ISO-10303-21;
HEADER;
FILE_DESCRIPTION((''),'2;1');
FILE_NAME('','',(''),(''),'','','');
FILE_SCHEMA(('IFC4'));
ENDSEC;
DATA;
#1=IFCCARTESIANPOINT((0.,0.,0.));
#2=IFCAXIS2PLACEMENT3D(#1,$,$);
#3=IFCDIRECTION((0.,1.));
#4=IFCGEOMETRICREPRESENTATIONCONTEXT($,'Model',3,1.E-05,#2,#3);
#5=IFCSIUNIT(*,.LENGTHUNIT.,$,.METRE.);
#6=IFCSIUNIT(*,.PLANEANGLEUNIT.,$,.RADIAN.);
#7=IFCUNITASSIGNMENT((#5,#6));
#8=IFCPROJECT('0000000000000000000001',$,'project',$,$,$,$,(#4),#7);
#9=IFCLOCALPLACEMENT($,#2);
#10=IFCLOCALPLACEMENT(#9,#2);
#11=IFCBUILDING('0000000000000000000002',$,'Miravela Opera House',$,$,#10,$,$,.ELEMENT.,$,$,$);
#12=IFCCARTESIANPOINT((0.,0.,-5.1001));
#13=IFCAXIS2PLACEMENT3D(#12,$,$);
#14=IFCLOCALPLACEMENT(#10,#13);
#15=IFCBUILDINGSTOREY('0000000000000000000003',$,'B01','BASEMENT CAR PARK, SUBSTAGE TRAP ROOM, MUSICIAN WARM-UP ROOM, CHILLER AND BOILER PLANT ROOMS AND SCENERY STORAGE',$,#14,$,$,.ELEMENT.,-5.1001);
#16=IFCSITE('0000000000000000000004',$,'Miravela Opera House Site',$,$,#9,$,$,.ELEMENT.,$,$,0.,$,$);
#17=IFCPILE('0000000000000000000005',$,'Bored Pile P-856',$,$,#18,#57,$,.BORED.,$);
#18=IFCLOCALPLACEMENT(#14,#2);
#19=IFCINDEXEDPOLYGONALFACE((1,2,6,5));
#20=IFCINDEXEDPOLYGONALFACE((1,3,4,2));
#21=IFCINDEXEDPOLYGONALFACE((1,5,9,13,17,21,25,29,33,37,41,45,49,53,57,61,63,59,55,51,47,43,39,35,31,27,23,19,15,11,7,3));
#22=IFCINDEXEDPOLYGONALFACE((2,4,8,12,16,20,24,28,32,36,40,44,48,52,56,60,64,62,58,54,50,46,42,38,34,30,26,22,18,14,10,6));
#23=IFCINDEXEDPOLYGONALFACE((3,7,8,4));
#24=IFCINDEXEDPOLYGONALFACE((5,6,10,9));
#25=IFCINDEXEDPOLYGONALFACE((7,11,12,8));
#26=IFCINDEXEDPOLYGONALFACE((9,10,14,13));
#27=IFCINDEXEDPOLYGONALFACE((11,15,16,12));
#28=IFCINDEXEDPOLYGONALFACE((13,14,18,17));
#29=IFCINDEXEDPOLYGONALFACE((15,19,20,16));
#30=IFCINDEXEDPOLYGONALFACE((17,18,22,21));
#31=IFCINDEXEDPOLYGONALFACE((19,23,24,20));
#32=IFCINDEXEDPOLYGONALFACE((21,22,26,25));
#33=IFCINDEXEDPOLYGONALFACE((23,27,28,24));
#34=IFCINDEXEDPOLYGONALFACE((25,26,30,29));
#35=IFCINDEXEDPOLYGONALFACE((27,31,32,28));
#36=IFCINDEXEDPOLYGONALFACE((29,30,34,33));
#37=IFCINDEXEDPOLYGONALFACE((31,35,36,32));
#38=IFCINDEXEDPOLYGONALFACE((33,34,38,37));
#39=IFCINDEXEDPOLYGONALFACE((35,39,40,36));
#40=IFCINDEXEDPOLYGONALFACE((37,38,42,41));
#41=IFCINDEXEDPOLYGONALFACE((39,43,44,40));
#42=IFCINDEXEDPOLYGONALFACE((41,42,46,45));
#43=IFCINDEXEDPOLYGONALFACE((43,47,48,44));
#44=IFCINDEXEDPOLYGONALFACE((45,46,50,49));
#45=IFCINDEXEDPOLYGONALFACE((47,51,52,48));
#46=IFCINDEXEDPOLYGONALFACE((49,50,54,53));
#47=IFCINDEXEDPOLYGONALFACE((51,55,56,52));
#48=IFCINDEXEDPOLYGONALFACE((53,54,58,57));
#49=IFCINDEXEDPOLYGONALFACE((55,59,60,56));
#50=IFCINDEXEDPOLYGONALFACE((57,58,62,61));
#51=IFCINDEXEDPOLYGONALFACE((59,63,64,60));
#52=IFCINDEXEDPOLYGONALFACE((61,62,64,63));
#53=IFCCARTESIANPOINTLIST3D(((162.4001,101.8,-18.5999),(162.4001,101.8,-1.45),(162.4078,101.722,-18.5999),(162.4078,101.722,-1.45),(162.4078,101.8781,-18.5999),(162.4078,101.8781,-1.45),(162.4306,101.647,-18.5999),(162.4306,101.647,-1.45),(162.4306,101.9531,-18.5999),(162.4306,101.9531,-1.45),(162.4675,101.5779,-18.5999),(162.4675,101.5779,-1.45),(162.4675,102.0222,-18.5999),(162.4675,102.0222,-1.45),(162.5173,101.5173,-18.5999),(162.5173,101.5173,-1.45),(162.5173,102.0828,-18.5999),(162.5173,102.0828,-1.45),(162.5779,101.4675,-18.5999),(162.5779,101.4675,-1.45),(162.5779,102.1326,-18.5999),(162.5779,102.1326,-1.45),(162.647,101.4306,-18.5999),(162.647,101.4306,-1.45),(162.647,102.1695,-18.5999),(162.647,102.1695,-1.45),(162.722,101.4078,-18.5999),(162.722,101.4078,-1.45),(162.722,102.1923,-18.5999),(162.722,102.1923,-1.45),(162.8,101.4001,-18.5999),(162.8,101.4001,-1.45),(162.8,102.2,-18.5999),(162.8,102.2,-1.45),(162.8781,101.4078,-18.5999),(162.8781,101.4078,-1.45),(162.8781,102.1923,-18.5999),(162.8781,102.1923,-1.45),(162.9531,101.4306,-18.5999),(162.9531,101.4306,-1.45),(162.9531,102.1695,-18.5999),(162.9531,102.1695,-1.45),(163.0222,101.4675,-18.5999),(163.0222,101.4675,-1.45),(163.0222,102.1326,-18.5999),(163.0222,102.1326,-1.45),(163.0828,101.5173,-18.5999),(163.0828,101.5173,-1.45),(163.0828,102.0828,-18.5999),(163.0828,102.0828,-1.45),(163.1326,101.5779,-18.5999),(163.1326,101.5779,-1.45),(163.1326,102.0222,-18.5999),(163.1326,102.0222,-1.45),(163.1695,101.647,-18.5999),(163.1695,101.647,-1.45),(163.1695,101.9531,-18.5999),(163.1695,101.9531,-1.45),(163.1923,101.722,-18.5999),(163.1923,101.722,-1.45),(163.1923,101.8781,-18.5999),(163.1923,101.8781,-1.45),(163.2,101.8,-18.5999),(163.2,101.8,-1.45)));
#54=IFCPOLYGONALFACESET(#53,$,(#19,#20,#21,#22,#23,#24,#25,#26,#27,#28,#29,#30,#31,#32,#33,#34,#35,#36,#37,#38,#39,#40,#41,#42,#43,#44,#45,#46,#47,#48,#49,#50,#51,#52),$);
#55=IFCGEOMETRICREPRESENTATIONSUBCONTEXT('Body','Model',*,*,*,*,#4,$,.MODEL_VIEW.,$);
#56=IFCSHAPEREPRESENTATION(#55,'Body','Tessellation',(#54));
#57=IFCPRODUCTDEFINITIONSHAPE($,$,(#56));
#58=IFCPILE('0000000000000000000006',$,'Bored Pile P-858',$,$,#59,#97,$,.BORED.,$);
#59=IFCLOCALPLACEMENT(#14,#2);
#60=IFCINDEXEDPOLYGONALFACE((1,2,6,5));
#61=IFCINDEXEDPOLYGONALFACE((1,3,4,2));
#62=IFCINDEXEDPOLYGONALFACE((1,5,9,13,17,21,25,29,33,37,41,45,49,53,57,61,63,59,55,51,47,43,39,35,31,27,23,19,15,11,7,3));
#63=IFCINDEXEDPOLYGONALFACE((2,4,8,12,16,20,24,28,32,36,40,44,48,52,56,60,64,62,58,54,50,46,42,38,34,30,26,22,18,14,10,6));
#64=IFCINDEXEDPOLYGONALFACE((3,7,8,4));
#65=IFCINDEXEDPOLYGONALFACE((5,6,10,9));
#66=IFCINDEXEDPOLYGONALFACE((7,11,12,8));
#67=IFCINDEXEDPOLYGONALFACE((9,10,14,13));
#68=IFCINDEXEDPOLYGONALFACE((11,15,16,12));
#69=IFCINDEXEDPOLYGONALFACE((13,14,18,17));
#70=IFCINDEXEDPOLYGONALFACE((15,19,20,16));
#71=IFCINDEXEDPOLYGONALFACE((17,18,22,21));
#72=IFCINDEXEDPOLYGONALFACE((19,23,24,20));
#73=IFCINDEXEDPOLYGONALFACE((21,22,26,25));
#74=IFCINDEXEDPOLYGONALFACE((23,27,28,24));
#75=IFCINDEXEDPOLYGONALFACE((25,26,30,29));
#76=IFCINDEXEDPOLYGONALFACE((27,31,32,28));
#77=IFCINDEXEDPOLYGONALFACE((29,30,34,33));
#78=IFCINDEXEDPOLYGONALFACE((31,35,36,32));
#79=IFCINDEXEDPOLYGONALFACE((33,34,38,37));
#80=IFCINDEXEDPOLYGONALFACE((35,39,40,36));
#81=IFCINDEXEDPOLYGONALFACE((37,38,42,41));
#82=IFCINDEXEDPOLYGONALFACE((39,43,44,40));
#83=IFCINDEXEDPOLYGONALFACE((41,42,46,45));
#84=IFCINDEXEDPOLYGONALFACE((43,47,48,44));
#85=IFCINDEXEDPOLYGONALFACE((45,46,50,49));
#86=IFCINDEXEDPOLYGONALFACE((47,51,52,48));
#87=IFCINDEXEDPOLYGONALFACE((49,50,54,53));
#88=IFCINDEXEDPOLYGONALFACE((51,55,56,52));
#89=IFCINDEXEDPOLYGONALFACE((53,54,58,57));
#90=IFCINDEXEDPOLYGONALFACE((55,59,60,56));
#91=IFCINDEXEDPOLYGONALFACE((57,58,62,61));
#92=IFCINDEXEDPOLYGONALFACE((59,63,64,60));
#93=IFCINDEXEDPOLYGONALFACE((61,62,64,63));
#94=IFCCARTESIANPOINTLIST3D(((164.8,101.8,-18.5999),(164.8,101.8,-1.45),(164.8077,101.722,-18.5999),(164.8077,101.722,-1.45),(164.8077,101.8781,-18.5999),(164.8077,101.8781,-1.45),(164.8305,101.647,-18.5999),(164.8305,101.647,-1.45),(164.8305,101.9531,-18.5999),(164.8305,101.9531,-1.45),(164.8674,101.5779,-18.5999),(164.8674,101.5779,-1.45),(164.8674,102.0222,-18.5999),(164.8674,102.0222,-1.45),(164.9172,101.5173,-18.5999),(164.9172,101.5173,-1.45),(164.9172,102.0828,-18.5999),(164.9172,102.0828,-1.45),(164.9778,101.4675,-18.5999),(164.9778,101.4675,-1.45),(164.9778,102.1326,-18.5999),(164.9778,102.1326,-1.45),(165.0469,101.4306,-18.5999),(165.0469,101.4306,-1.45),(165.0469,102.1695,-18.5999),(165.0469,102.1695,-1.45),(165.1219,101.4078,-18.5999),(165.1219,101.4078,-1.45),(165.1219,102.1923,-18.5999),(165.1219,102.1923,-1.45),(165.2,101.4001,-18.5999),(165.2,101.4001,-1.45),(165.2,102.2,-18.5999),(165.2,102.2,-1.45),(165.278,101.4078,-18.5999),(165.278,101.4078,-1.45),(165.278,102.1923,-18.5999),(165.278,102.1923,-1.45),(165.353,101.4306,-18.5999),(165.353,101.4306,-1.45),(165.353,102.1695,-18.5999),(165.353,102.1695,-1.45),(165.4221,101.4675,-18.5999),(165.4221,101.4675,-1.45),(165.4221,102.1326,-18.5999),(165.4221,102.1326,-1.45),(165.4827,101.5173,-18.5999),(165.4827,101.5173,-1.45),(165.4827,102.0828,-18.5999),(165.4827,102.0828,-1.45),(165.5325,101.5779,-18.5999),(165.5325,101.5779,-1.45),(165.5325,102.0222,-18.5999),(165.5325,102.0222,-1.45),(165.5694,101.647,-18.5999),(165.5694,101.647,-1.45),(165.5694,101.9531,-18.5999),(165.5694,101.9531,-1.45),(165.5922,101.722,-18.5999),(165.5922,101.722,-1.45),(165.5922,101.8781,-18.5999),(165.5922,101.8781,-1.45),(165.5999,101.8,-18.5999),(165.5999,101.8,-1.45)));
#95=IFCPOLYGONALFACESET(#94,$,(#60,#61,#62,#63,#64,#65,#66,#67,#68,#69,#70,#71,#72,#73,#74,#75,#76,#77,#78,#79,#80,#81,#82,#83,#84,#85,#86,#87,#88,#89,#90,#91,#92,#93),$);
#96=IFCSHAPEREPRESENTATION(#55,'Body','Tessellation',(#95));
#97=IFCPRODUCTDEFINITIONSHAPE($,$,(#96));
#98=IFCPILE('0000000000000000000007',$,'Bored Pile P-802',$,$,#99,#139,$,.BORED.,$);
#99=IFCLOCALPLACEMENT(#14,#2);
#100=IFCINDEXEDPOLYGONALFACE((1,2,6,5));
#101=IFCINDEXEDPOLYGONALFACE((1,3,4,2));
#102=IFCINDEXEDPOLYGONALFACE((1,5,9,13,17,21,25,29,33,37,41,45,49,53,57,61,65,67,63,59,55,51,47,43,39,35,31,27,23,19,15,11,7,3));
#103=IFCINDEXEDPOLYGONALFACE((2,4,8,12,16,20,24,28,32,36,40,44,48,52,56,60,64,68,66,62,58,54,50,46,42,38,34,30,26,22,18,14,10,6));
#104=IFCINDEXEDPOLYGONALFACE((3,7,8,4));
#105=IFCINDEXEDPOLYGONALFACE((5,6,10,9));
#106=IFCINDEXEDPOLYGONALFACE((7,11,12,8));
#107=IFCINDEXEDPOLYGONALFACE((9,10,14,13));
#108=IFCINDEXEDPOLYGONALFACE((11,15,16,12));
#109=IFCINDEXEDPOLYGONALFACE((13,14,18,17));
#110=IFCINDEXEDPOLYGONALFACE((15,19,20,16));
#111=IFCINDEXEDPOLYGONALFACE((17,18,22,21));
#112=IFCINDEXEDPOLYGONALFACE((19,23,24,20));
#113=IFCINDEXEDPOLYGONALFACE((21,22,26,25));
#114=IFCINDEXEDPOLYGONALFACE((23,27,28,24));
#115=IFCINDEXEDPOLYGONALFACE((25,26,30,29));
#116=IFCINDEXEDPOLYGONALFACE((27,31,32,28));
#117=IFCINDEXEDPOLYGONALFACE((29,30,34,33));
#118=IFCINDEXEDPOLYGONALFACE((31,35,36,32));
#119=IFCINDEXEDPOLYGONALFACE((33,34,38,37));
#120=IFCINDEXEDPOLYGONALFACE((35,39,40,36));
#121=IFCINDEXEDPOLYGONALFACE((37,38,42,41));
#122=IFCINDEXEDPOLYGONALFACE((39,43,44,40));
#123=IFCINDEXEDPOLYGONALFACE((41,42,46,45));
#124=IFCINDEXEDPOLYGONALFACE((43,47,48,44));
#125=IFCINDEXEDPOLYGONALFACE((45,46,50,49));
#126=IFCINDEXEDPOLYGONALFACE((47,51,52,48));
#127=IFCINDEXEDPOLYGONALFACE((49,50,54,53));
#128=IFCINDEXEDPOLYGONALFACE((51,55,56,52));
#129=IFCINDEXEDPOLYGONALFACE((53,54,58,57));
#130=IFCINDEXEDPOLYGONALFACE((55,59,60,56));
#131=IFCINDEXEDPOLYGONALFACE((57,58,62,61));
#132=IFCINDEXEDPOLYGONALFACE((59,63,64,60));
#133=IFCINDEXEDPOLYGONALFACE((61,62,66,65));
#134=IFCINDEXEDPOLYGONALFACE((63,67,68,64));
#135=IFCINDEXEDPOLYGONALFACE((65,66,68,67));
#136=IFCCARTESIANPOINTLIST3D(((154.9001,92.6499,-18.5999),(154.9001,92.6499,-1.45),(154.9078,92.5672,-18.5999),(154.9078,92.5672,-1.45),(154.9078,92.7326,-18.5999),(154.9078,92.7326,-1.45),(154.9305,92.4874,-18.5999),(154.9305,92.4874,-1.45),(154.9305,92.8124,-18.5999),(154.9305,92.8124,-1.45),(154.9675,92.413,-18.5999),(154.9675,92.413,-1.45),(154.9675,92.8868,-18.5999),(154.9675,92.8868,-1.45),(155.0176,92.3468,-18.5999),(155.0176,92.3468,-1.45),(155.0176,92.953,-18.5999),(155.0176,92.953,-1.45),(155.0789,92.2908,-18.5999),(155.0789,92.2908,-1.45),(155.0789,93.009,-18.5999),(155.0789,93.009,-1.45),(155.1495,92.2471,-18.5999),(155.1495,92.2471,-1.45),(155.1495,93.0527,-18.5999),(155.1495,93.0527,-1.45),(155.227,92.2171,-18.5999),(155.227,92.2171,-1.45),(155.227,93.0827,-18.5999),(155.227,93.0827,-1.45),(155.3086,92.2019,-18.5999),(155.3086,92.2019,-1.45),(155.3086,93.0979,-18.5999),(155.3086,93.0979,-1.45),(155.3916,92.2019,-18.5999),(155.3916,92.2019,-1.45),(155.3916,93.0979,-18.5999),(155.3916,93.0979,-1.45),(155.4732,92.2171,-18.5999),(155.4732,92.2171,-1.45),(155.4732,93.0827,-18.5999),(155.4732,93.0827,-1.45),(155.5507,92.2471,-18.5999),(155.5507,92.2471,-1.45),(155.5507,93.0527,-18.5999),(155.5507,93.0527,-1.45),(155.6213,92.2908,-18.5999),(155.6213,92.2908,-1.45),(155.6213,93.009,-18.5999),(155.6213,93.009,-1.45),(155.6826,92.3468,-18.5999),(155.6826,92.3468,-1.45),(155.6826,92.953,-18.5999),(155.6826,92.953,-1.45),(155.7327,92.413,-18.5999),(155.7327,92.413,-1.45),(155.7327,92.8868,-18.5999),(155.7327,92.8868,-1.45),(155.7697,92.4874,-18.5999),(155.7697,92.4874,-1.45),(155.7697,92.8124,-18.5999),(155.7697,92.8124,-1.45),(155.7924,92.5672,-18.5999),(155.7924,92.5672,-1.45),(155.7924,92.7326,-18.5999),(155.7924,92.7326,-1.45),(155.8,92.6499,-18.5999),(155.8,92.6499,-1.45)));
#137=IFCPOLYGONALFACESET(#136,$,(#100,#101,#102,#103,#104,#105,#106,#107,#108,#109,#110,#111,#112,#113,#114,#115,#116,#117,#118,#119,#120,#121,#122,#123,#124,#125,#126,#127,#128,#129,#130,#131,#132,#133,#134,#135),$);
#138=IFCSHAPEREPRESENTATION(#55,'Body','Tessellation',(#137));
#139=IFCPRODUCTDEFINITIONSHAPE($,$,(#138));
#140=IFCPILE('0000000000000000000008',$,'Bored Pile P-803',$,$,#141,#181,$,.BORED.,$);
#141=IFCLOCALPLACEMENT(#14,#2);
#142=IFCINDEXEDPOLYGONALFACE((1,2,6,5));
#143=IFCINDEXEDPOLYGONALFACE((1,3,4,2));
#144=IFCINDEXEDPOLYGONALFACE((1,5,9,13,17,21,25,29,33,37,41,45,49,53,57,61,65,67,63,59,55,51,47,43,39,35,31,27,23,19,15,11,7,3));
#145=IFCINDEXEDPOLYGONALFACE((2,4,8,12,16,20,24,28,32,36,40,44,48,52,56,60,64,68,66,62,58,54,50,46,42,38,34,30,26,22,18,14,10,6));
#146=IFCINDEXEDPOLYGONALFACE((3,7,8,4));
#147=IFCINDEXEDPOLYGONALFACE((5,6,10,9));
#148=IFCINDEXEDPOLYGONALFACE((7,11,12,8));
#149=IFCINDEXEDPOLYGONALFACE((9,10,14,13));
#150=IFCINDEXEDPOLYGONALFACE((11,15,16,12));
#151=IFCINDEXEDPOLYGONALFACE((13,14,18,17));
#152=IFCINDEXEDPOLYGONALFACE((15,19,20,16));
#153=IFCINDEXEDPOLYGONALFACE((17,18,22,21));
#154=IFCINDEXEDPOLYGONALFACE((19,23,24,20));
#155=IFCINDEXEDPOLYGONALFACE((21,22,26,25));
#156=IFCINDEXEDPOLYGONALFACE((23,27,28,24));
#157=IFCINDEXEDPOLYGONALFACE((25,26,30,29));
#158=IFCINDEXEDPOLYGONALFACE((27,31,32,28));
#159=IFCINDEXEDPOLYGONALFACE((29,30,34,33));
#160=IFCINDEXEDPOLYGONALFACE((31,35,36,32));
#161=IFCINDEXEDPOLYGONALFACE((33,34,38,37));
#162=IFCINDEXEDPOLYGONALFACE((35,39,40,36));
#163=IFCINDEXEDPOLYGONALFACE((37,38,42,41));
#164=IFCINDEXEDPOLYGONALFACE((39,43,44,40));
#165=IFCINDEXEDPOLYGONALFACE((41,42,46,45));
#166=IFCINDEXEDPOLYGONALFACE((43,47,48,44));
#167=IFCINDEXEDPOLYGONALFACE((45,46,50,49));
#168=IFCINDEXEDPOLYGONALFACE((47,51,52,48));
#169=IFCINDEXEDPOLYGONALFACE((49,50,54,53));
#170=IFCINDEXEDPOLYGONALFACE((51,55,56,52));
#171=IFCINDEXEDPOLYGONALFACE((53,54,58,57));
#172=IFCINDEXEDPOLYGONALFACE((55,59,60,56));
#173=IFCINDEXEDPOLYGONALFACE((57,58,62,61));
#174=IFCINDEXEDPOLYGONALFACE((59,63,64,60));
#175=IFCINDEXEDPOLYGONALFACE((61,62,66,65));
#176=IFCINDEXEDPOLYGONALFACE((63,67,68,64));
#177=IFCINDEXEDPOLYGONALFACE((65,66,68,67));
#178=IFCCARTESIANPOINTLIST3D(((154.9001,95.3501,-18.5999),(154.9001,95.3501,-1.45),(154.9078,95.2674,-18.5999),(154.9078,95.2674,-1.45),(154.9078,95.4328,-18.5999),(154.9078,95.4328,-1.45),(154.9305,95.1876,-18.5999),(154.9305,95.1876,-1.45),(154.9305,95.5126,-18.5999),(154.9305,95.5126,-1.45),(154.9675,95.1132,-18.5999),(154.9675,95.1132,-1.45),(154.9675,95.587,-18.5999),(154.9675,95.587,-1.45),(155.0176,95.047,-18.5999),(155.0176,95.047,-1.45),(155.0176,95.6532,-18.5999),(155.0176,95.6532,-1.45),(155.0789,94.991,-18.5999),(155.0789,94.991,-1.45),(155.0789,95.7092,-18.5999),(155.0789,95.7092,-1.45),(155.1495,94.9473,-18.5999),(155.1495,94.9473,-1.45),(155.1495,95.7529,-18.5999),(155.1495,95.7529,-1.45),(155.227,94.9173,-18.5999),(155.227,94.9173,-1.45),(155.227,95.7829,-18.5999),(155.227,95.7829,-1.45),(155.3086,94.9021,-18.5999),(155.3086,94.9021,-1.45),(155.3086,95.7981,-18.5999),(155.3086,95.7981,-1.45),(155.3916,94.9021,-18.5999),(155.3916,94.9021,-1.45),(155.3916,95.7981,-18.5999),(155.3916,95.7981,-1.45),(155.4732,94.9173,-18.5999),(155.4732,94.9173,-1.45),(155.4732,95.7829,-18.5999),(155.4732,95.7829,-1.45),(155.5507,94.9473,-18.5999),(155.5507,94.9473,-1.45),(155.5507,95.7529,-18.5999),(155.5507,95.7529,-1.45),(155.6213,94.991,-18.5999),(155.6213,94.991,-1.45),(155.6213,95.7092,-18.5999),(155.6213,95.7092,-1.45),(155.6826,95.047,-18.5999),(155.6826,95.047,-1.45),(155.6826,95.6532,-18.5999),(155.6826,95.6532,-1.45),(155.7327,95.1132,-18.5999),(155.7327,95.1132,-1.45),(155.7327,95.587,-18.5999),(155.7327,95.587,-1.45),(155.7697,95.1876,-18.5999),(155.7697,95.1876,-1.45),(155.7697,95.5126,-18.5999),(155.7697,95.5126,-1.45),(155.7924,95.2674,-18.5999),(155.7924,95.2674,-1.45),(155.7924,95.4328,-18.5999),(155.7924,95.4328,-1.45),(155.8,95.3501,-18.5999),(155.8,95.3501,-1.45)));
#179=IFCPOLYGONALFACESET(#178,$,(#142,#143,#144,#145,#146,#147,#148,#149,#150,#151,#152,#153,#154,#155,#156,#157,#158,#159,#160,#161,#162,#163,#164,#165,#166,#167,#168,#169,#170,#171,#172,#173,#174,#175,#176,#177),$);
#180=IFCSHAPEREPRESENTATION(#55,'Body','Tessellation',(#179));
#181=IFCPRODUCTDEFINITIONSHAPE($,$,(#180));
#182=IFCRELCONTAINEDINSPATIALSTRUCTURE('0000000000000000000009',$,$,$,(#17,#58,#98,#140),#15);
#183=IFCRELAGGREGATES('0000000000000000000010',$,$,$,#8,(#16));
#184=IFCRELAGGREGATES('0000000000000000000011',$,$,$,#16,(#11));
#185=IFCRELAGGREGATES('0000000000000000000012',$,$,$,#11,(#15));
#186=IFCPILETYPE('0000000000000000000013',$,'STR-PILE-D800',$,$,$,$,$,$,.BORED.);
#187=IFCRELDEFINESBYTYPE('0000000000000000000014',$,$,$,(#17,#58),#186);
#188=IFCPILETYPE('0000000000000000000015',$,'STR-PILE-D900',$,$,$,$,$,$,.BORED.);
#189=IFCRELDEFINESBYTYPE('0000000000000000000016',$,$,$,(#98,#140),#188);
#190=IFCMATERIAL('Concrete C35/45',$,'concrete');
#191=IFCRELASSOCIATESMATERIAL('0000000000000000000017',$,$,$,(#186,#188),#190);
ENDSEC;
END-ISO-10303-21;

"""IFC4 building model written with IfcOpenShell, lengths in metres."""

from ifc_helpers import new_model, si_unit, direction, frame, origin, origin_2d, place, context, subcontext, project, spatial, circle, extrude, material, material_profile, profile_set, type_object, element, save


model = new_model("IFC4")

# Units and contexts
model_context = context("Model", 3, precision=1e-05, world=origin(), true_north=direction((0.0, 1.0)))
body_context = subcontext(model_context, "Body", "Model", "MODEL_VIEW")
ifc_project = project(units=[si_unit("LENGTHUNIT", "METRE"), si_unit("PLANEANGLEUNIT", "RADIAN")], contexts=[model_context])

# Site, building, storey
site_placement = place(None, origin())
site = spatial("IfcSite", under=ifc_project, at=site_placement, Name="Miravela Opera House Site", CompositionType="ELEMENT", RefElevation=0.0)
building_placement = place(site_placement, origin())
building = spatial("IfcBuilding", under=site, at=building_placement, Name="Miravela Opera House", CompositionType="ELEMENT")
storey_placement = place(building_placement, frame((0.0, 0.0, -5.1001)))
storey = spatial("IfcBuildingStorey", under=building, at=storey_placement, Name="B01", Description="BASEMENT CAR PARK, SUBSTAGE TRAP ROOM, MUSICIAN WARM-UP ROOM, CHILLER AND BOILER PLANT ROOMS AND SCENERY STORAGE", CompositionType="ELEMENT", Elevation=-5.1001)

# Shared definitions
ifc_material_1 = material(Name="Concrete C35/45", Category="concrete")

# Piles
ifc_material_profile_1 = material_profile(ifc_material_1, circle(Radius=0.3999, at=origin_2d()), Name="PILE-D800")
ifc_profile_set_1 = profile_set([ifc_material_profile_1])
pile_type_1 = type_object("IfcPileType", Name="STR-PILE-D800", PredefinedType="BORED", material=ifc_profile_set_1)
for number, where, z_axis, x_axis, name in (
    (1, (162.8, 101.8, -1.45), (0.0, 0.0, -1.0), (1.0, 0.0, 0.0), "Bored Pile P-856"),
    (2, (165.2, 101.8, -1.45), (0.0, 0.0, -1.0), (1.0, 0.0, 0.0), "Bored Pile P-858"),
):
    element("IfcPile", number, at=place(storey_placement, frame(where, z_axis=z_axis, x_axis=x_axis)), inside=storey, type_object=pile_type_1, Name=name, PredefinedType="BORED", context=body_context, shape_type="SweptSolid", body=[
        extrude(circle(Radius=0.3999, at=origin_2d()), origin(), (0.0, 0.0, 1.0), 17.1499),
    ])
ifc_material_profile_2 = material_profile(ifc_material_1, circle(Radius=0.45, at=origin_2d()), Name="PILE-D900")
ifc_profile_set_2 = profile_set([ifc_material_profile_2])
pile_type_2 = type_object("IfcPileType", Name="STR-PILE-D900", PredefinedType="BORED", material=ifc_profile_set_2)
for number, where, z_axis, x_axis, name in (
    (3, (155.3501, 92.6499, -1.45), (0.0, 0.0, -1.0), (1.0, 0.0, 0.0), "Bored Pile P-802"),
    (4, (155.3501, 95.3501, -1.45), (0.0, 0.0, -1.0), (1.0, 0.0, 0.0), "Bored Pile P-803"),
):
    element("IfcPile", number, at=place(storey_placement, frame(where, z_axis=z_axis, x_axis=x_axis)), inside=storey, type_object=pile_type_2, Name=name, PredefinedType="BORED", context=body_context, shape_type="SweptSolid", body=[
        extrude(circle(Radius=0.45, at=origin_2d()), origin(), (0.0, 0.0, 1.0), 17.1499),
    ])

save(model, "model.ifc")
